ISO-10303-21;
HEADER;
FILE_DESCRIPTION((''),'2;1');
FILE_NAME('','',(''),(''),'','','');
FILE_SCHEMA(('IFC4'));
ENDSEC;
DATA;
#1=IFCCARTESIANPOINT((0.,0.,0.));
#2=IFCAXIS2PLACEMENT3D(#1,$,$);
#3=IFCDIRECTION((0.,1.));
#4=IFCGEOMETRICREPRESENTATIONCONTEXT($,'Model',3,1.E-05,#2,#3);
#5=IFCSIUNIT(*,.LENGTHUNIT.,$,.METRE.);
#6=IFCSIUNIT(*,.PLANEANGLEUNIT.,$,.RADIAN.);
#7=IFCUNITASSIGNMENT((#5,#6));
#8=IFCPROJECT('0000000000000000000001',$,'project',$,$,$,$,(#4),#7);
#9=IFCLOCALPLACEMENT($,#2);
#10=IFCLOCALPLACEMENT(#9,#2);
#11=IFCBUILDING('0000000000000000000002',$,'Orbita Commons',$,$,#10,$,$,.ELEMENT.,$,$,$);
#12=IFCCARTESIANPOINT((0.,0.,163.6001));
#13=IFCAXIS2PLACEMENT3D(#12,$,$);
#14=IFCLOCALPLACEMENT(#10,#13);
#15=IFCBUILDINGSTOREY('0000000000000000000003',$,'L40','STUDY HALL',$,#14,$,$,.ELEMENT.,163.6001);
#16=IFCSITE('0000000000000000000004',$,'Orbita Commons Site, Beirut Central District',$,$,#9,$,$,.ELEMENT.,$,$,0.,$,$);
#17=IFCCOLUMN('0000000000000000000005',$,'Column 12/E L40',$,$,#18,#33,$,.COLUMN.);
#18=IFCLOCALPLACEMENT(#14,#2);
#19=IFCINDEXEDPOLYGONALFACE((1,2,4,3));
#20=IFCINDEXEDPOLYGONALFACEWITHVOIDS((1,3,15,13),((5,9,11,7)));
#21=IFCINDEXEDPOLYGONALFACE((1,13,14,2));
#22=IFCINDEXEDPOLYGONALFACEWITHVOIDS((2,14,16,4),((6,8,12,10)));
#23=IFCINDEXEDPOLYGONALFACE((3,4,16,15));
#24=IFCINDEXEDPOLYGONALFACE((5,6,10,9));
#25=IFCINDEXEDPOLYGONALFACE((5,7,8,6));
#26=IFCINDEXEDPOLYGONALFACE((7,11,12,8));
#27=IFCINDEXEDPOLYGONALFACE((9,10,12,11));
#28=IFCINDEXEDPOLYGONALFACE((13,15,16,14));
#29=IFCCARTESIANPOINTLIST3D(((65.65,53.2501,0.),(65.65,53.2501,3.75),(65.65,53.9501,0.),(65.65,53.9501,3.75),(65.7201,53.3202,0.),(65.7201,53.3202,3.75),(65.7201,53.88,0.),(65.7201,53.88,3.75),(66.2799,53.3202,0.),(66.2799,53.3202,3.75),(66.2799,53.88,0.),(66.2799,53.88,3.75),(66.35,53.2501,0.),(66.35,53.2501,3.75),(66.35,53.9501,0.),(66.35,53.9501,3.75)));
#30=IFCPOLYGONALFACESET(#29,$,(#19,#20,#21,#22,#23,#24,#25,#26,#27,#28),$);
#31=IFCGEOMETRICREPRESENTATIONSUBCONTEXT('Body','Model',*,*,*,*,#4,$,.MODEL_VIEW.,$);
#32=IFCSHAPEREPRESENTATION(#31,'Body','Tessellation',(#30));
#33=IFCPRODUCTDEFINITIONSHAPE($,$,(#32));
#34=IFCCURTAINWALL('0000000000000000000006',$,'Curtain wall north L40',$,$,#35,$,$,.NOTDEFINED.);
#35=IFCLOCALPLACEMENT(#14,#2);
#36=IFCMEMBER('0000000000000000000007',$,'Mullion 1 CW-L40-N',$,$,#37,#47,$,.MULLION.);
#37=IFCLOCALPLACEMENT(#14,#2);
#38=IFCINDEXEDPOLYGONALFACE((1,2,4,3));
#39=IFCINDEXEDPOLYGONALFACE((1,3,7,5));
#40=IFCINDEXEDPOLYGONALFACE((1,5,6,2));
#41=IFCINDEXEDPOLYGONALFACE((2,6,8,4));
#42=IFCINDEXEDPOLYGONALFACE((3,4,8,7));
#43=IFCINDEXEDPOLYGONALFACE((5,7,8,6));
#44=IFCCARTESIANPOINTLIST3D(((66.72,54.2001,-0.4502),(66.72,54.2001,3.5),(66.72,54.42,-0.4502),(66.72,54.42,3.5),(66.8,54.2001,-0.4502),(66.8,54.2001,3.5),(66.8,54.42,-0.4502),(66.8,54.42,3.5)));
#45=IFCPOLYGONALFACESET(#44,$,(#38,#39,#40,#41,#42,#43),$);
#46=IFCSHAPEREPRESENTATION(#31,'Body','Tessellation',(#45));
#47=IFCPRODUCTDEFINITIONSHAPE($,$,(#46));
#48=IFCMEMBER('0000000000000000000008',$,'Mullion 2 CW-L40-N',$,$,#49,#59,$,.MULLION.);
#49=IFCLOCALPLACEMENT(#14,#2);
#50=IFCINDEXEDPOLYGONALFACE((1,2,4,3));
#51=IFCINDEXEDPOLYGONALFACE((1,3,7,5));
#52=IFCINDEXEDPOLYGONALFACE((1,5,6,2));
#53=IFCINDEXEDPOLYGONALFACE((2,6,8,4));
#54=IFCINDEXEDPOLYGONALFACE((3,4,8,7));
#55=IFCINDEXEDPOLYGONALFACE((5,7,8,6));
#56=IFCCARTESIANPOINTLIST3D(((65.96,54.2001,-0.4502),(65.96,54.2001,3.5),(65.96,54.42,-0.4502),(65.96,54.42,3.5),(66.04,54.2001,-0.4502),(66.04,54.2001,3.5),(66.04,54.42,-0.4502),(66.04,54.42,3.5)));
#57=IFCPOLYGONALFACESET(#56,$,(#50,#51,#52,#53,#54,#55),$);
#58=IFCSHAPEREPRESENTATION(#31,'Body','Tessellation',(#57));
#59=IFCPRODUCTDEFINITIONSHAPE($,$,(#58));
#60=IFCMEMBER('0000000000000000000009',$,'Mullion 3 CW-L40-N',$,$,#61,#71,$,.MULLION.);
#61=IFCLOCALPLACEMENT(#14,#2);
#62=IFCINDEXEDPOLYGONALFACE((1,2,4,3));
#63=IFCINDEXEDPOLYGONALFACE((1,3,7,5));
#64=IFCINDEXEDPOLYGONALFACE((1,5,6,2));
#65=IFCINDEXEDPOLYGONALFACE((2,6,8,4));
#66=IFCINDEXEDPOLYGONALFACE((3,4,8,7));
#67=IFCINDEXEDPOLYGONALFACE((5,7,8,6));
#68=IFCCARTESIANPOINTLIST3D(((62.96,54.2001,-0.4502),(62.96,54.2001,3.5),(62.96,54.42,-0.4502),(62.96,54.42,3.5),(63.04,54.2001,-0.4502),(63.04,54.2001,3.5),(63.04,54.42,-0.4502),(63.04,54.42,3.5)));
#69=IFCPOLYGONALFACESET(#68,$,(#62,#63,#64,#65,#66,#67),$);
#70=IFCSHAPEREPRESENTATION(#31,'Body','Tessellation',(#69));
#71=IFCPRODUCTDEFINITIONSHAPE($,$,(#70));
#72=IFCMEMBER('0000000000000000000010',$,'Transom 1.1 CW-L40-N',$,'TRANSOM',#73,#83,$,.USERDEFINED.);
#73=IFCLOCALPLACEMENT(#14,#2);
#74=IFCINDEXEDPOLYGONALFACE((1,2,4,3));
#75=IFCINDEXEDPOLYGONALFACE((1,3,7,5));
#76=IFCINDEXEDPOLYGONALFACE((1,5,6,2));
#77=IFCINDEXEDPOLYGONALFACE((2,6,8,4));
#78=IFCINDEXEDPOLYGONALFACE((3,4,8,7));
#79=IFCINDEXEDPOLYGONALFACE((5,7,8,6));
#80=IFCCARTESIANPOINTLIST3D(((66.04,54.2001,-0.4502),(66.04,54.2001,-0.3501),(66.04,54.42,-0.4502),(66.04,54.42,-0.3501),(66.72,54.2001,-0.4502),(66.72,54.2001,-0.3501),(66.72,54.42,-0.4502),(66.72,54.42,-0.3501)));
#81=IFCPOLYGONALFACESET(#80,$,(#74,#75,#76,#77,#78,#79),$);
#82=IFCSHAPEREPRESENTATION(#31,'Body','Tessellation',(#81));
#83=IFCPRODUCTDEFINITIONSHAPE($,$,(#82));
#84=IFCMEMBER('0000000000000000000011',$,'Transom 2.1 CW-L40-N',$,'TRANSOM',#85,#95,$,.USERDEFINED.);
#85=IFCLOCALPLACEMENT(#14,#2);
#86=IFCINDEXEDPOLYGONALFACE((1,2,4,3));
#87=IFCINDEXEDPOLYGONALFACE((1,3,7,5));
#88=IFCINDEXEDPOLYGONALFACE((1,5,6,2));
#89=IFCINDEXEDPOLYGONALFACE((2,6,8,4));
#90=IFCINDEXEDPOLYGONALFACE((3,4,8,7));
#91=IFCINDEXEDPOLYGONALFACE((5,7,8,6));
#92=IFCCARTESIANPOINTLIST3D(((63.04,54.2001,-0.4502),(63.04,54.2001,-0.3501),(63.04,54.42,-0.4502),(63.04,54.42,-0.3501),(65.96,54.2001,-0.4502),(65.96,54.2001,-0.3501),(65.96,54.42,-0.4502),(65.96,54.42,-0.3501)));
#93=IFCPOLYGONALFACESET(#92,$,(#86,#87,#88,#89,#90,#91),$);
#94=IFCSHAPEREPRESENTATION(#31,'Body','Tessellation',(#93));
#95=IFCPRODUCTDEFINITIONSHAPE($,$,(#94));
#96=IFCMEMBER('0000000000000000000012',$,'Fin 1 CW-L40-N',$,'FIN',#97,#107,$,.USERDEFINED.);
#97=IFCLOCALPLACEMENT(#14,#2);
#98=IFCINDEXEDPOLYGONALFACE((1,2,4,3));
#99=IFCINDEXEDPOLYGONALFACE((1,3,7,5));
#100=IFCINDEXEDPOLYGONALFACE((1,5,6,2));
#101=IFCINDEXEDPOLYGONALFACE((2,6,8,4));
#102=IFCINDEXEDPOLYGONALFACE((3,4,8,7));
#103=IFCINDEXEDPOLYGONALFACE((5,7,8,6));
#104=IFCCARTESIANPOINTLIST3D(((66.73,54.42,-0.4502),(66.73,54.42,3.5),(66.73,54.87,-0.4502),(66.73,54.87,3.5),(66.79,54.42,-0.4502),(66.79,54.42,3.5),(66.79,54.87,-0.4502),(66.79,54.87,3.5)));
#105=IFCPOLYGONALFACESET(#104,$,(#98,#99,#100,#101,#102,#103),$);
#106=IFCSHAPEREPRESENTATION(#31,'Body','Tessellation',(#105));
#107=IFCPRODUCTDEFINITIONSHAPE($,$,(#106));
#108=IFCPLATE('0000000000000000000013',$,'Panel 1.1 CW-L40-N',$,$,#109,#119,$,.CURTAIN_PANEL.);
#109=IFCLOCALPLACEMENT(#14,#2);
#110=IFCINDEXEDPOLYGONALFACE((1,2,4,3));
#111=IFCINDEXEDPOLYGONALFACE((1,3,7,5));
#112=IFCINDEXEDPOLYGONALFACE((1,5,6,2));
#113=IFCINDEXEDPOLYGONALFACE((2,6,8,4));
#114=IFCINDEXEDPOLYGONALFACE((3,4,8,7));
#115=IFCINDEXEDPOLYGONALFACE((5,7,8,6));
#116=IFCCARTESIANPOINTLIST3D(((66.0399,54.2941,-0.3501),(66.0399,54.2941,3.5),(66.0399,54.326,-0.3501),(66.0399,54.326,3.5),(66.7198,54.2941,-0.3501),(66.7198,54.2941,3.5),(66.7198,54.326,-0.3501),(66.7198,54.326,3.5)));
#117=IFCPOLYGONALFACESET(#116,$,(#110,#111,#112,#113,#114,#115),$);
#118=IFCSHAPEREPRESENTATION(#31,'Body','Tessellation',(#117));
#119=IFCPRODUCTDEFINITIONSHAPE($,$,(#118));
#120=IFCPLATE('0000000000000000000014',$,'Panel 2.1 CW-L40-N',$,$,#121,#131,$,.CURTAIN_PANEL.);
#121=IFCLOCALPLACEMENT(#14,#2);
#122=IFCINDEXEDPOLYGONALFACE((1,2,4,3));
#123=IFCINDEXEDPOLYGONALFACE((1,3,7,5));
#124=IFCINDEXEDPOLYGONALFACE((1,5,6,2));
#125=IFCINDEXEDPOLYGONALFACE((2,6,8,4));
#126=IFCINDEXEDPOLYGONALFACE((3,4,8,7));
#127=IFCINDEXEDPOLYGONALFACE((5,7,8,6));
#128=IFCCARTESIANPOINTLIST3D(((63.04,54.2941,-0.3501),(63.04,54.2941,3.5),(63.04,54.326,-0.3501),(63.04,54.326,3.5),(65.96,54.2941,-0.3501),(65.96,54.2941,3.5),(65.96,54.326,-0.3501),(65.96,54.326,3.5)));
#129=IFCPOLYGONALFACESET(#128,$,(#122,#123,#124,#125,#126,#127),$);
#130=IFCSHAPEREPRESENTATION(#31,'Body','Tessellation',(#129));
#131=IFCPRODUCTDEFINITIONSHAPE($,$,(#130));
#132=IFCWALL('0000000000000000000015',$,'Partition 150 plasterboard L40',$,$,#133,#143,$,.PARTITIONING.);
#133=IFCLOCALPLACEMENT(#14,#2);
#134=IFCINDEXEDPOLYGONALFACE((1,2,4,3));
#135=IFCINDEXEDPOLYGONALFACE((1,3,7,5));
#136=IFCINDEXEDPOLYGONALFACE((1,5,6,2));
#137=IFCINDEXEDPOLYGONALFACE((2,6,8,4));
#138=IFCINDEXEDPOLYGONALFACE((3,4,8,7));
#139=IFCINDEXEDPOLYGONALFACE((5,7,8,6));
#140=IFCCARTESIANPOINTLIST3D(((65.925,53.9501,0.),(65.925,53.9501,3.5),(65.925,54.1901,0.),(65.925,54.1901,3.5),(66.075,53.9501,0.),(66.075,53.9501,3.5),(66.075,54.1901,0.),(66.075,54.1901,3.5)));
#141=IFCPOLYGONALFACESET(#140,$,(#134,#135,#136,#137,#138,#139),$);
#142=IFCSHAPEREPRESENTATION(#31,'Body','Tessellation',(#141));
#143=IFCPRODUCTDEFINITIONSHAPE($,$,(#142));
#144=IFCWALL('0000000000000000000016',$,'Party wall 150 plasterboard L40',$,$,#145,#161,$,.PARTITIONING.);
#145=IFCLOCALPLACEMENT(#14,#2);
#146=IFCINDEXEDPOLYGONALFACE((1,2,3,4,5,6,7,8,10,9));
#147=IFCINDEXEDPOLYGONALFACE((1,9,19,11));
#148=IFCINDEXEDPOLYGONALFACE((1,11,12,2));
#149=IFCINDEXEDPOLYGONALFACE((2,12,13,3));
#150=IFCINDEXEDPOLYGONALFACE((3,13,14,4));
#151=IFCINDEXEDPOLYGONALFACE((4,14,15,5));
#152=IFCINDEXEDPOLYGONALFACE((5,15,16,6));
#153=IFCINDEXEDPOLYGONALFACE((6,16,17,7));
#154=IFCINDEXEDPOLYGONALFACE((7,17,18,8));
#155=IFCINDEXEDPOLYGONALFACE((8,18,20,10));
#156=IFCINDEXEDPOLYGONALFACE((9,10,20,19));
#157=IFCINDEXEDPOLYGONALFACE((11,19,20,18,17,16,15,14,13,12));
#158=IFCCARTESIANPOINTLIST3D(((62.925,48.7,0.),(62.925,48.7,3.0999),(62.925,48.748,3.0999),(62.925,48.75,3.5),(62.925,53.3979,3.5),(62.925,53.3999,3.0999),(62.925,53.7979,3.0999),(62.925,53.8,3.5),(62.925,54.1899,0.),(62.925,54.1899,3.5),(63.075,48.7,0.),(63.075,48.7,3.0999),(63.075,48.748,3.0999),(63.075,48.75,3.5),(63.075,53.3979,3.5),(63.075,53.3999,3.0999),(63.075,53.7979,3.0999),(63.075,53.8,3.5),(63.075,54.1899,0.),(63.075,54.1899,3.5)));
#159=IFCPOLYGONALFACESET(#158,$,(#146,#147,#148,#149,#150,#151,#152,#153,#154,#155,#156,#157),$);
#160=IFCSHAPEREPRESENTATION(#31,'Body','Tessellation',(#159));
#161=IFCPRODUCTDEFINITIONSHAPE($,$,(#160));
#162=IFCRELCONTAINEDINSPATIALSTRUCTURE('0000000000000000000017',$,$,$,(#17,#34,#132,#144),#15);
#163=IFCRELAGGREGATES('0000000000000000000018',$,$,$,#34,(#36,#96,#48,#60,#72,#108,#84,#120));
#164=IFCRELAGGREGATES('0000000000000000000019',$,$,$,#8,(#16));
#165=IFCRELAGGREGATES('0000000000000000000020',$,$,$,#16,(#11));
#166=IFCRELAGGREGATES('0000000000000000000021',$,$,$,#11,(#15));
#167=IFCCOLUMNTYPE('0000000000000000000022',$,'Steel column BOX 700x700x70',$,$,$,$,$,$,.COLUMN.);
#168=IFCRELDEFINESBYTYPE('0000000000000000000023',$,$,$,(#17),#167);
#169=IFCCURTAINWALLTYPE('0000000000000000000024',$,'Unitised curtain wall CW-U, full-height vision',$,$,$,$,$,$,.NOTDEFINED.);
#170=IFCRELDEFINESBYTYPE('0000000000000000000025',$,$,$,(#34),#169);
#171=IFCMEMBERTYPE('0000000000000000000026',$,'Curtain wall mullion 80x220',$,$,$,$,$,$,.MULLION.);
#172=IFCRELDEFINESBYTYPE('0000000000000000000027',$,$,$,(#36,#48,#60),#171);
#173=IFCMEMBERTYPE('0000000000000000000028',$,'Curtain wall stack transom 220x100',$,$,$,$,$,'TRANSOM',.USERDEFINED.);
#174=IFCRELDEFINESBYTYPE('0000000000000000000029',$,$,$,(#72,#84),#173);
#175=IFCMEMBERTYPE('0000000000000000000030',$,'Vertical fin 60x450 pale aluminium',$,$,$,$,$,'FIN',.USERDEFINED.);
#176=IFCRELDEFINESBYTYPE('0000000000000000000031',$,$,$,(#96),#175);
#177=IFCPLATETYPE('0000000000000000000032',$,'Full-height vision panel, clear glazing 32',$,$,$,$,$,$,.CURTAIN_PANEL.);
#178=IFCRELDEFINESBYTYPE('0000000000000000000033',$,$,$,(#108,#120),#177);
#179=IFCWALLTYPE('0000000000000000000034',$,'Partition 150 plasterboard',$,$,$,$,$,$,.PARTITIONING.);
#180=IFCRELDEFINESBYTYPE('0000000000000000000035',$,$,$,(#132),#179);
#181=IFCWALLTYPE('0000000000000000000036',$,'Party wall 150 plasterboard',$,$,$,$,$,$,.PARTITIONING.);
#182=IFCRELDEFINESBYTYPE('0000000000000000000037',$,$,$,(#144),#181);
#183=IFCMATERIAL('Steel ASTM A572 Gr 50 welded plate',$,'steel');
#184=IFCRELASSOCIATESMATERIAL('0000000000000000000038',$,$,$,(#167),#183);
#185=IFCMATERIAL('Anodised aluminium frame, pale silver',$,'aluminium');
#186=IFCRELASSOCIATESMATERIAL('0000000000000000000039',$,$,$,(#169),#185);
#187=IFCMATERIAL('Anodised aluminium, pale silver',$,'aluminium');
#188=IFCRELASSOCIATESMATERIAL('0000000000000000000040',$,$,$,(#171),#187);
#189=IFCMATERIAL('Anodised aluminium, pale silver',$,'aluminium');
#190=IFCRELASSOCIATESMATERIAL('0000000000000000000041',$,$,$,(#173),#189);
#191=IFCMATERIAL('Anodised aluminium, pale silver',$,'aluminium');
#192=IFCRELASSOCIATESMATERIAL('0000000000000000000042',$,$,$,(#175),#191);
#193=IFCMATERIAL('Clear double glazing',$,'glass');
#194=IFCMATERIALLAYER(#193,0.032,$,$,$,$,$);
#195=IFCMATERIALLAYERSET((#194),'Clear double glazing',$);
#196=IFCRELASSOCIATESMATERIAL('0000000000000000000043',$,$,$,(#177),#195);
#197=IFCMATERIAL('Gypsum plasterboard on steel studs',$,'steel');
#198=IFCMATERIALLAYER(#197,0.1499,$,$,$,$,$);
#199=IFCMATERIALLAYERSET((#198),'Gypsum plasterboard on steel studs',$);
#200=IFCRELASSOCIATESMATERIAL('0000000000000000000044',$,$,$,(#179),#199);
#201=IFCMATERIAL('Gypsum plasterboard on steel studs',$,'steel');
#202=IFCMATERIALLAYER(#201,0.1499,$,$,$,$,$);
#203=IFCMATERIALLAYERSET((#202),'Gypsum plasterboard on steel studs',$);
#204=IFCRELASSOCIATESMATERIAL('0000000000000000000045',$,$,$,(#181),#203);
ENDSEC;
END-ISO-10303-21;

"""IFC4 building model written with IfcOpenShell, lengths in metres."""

from ifc_helpers import new_model, si_unit, direction, frame, frame_2d, origin, origin_2d, place, context, subcontext, project, spatial, polyline, rectangle, hollow_rectangle, outline, extrude, material, layer, layer_set, material_profile, profile_set, type_object, element, aggregate, save


model = new_model("IFC4")

# Units and contexts
model_context = context("Model", 3, precision=1e-05, world=origin(), true_north=direction((0.0, 1.0)))
body_context = subcontext(model_context, "Body", "Model", "MODEL_VIEW")
ifc_project = project(units=[si_unit("LENGTHUNIT", "METRE"), si_unit("PLANEANGLEUNIT", "RADIAN")], contexts=[model_context])

# Site, building, storey
site_placement = place(None, origin())
site = spatial("IfcSite", under=ifc_project, at=site_placement, Name="Orbita Commons Site, Beirut Central District", CompositionType="ELEMENT", RefElevation=0.0)
building_placement = place(site_placement, origin())
building = spatial("IfcBuilding", under=site, at=building_placement, Name="Orbita Commons", CompositionType="ELEMENT")
storey_placement = place(building_placement, frame((0.0, 0.0, 163.6001)))
storey = spatial("IfcBuildingStorey", under=building, at=storey_placement, Name="L40", Description="STUDY HALL", CompositionType="ELEMENT", Elevation=163.6001)

# Column
ifc_material_1 = material(Name="Steel ASTM A572 Gr 50 welded plate", Category="steel")
ifc_material_profile_1 = material_profile(ifc_material_1, hollow_rectangle(XDim=0.7, YDim=0.7, WallThickness=0.0701, at=origin_2d()), Name="BOX 700x700x70")
ifc_profile_set_1 = profile_set([ifc_material_profile_1], Name="Steel ASTM A572 Gr 50 welded plate")
column_type = type_object("IfcColumnType", Name="Steel column BOX 700x700x70", PredefinedType="COLUMN", material=ifc_profile_set_1)
column_placement = place(storey_placement, frame((66.0, 53.6001, 0.0), z_axis=(0.0, 0.0, 1.0), x_axis=(1.0, 0.0, 0.0)))
element("IfcColumn", 1, at=column_placement, inside=storey, type_object=column_type, Name="Column 12/E L40", PredefinedType="COLUMN", context=body_context, shape_type="SweptSolid", body=[
    extrude(hollow_rectangle(XDim=0.7, YDim=0.7, WallThickness=0.0701, at=origin_2d()), origin(), (0.0, 0.0, 1.0), 3.75),
])

# Curtain wall, members, plates
ifc_material_2 = material(Name="Anodised aluminium frame, pale silver", Category="aluminium")
curtain_wall_type = type_object("IfcCurtainWallType", Name="Unitised curtain wall CW-U, full-height vision", PredefinedType="NOTDEFINED", material=ifc_material_2)
curtain_wall_placement = place(storey_placement, origin())
curtain_wall = element("IfcCurtainWall", 2, at=curtain_wall_placement, inside=storey, type_object=curtain_wall_type, Name="Curtain wall north L40", PredefinedType="NOTDEFINED")
ifc_material_3 = material(Name="Anodised aluminium, pale silver", Category="aluminium")
ifc_material_profile_2 = material_profile(ifc_material_3, rectangle(XDim=0.0801, YDim=0.22, at=origin_2d()), Name="AL 80x220")
ifc_profile_set_2 = profile_set([ifc_material_profile_2], Name="Anodised aluminium, pale silver")
member_type_1 = type_object("IfcMemberType", Name="Curtain wall mullion 80x220", PredefinedType="MULLION", material=ifc_profile_set_2)
member_1_placement = place(storey_placement, frame((66.76, 54.3101, -0.4502), z_axis=(0.0, 0.0, 1.0), x_axis=(-1.0, 0.0, 0.0)))
member_1 = element("IfcMember", 3, at=member_1_placement, type_object=member_type_1, Name="Mullion 1 CW-L40-N", PredefinedType="MULLION", context=body_context, shape_type="SweptSolid", body=[
    extrude(rectangle(XDim=0.0801, YDim=0.22, at=origin_2d()), origin(), (0.0, 0.0, 1.0), 3.9502),
])
member_2_placement = place(storey_placement, frame((66.0, 54.3101, -0.4502), z_axis=(0.0, 0.0, 1.0), x_axis=(-1.0, 0.0, 0.0)))
member_2 = element("IfcMember", 4, at=member_2_placement, type_object=member_type_1, Name="Mullion 2 CW-L40-N", PredefinedType="MULLION", context=body_context, shape_type="SweptSolid", body=[
    extrude(rectangle(XDim=0.0801, YDim=0.22, at=origin_2d()), origin(), (0.0, 0.0, 1.0), 3.9502),
])
member_3_placement = place(storey_placement, frame((63.0, 54.3101, -0.4502), z_axis=(0.0, 0.0, 1.0), x_axis=(-1.0, 0.0, 0.0)))
member_3 = element("IfcMember", 5, at=member_3_placement, type_object=member_type_1, Name="Mullion 3 CW-L40-N", PredefinedType="MULLION", context=body_context, shape_type="SweptSolid", body=[
    extrude(rectangle(XDim=0.0801, YDim=0.22, at=origin_2d()), origin(), (0.0, 0.0, 1.0), 3.9502),
])
ifc_material_4 = material(Name="Anodised aluminium, pale silver", Category="aluminium")
ifc_material_profile_3 = material_profile(ifc_material_4, rectangle(XDim=0.22, YDim=0.1001, at=origin_2d()), Name="AL 220x100")
ifc_profile_set_3 = profile_set([ifc_material_profile_3], Name="Anodised aluminium, pale silver")
member_type_2 = type_object("IfcMemberType", Name="Curtain wall stack transom 220x100", ElementType="TRANSOM", PredefinedType="USERDEFINED", material=ifc_profile_set_3)
member_4_placement = place(storey_placement, frame((66.72, 54.3101, -0.4001), z_axis=(-1.0, 0.0, 0.0), x_axis=(0.0, -1.0, 0.0)))
member_4 = element("IfcMember", 6, at=member_4_placement, type_object=member_type_2, Name="Transom 1.1 CW-L40-N", ObjectType="TRANSOM", PredefinedType="USERDEFINED", context=body_context, shape_type="SweptSolid", body=[
    extrude(rectangle(XDim=0.22, YDim=0.1001, at=origin_2d()), origin(), (0.0, 0.0, 1.0), 0.6799),
])
member_5_placement = place(storey_placement, frame((65.96, 54.3101, -0.4001), z_axis=(-1.0, 0.0, 0.0), x_axis=(0.0, -1.0, 0.0)))
member_5 = element("IfcMember", 7, at=member_5_placement, type_object=member_type_2, Name="Transom 2.1 CW-L40-N", ObjectType="TRANSOM", PredefinedType="USERDEFINED", context=body_context, shape_type="SweptSolid", body=[
    extrude(rectangle(XDim=0.22, YDim=0.1001, at=origin_2d()), origin(), (0.0, 0.0, 1.0), 2.9199),
])
ifc_material_5 = material(Name="Anodised aluminium, pale silver", Category="aluminium")
ifc_material_profile_4 = material_profile(ifc_material_5, rectangle(XDim=0.0601, YDim=0.45, at=origin_2d()), Name="FIN 60x450")
ifc_profile_set_4 = profile_set([ifc_material_profile_4], Name="Anodised aluminium, pale silver")
member_type_3 = type_object("IfcMemberType", Name="Vertical fin 60x450 pale aluminium", ElementType="FIN", PredefinedType="USERDEFINED", material=ifc_profile_set_4)
member_6_placement = place(storey_placement, frame((66.76, 54.645, -0.4502), z_axis=(0.0, 0.0, 1.0), x_axis=(-1.0, 0.0, 0.0)))
member_6 = element("IfcMember", 8, at=member_6_placement, type_object=member_type_3, Name="Fin 1 CW-L40-N", ObjectType="FIN", PredefinedType="USERDEFINED", context=body_context, shape_type="SweptSolid", body=[
    extrude(rectangle(XDim=0.0601, YDim=0.45, at=origin_2d()), origin(), (0.0, 0.0, 1.0), 3.9502),
])
ifc_material_6 = material(Name="Clear double glazing", Category="glass")
ifc_layer_1 = layer(ifc_material_6, 0.032)
ifc_layer_set_1 = layer_set([ifc_layer_1], Name="Clear double glazing")
plate_type = type_object("IfcPlateType", Name="Full-height vision panel, clear glazing 32", PredefinedType="CURTAIN_PANEL", material=ifc_layer_set_1)
plate_1_placement = place(storey_placement, frame((66.3799, 54.3101, -0.3501), z_axis=(0.0, 0.0, 1.0), x_axis=(-1.0, 0.0, 0.0)))
plate_1 = element("IfcPlate", 9, at=plate_1_placement, type_object=plate_type, Name="Panel 1.1 CW-L40-N", PredefinedType="CURTAIN_PANEL", context=body_context, shape_type="SweptSolid", body=[
    extrude(rectangle(XDim=0.6799, YDim=0.032, at=origin_2d()), origin(), (0.0, 0.0, 1.0), 3.8501),
])
plate_2_placement = place(storey_placement, frame((64.5, 54.3101, -0.3501), z_axis=(0.0, 0.0, 1.0), x_axis=(-1.0, 0.0, 0.0)))
plate_2 = element("IfcPlate", 10, at=plate_2_placement, type_object=plate_type, Name="Panel 2.1 CW-L40-N", PredefinedType="CURTAIN_PANEL", context=body_context, shape_type="SweptSolid", body=[
    extrude(rectangle(XDim=2.9199, YDim=0.032, at=origin_2d()), origin(), (0.0, 0.0, 1.0), 3.8501),
])
aggregate(curtain_wall, [member_1, member_6, member_2, member_3, member_4, plate_1, member_5, plate_2])

# Walls
ifc_material_7 = material(Name="Gypsum plasterboard on steel studs", Category="steel")
ifc_layer_2 = layer(ifc_material_7, 0.1499)
ifc_layer_set_2 = layer_set([ifc_layer_2], Name="Gypsum plasterboard on steel studs")
wall_type_1 = type_object("IfcWallType", Name="Partition 150 plasterboard", PredefinedType="PARTITIONING", material=ifc_layer_set_2)
wall_1_placement = place(storey_placement, frame((66.0, 53.95, 0.0), z_axis=(0.0, 0.0, 1.0), x_axis=(0.0, 1.0, 0.0)))
element("IfcWall", 11, at=wall_1_placement, inside=storey, type_object=wall_type_1, Name="Partition 150 plasterboard L40", PredefinedType="PARTITIONING", context=body_context, shape_type="SweptSolid", body=[
    extrude(rectangle(XDim=0.24, YDim=0.1499, at=frame_2d((0.1201, 0.0))), origin(), (0.0, 0.0, 1.0), 3.5),
])
ifc_material_8 = material(Name="Gypsum plasterboard on steel studs", Category="steel")
ifc_layer_3 = layer(ifc_material_8, 0.1499)
ifc_layer_set_3 = layer_set([ifc_layer_3], Name="Gypsum plasterboard on steel studs")
wall_type_2 = type_object("IfcWallType", Name="Party wall 150 plasterboard", PredefinedType="PARTITIONING", material=ifc_layer_set_3)
wall_2_placement = place(storey_placement, frame((63.0, 54.1899, 0.0), z_axis=(0.0, 0.0, 1.0), x_axis=(0.0, -1.0, 0.0)))
element("IfcWall", 12, at=wall_2_placement, inside=storey, type_object=wall_type_2, Name="Party wall 150 plasterboard L40", PredefinedType="PARTITIONING", context=body_context, shape_type="SweptSolid", body=[
    extrude(outline(polyline([(0.0, 0.0), (5.49, 0.0), (5.49, 3.0999), (5.4419, 3.0999), (5.4399, 3.5), (0.792, 3.5), (0.79, 3.0999), (0.3921, 3.0999), (0.3899, 3.5), (0.0, 3.5), (0.0, 0.0)])), frame((0.0, 0.075, 0.0), z_axis=(0.0, -1.0, 0.0), x_axis=(1.0, 0.0, 0.0)), (0.0, 0.0, 1.0), 0.1499),
])

save(model, "model.ifc")
